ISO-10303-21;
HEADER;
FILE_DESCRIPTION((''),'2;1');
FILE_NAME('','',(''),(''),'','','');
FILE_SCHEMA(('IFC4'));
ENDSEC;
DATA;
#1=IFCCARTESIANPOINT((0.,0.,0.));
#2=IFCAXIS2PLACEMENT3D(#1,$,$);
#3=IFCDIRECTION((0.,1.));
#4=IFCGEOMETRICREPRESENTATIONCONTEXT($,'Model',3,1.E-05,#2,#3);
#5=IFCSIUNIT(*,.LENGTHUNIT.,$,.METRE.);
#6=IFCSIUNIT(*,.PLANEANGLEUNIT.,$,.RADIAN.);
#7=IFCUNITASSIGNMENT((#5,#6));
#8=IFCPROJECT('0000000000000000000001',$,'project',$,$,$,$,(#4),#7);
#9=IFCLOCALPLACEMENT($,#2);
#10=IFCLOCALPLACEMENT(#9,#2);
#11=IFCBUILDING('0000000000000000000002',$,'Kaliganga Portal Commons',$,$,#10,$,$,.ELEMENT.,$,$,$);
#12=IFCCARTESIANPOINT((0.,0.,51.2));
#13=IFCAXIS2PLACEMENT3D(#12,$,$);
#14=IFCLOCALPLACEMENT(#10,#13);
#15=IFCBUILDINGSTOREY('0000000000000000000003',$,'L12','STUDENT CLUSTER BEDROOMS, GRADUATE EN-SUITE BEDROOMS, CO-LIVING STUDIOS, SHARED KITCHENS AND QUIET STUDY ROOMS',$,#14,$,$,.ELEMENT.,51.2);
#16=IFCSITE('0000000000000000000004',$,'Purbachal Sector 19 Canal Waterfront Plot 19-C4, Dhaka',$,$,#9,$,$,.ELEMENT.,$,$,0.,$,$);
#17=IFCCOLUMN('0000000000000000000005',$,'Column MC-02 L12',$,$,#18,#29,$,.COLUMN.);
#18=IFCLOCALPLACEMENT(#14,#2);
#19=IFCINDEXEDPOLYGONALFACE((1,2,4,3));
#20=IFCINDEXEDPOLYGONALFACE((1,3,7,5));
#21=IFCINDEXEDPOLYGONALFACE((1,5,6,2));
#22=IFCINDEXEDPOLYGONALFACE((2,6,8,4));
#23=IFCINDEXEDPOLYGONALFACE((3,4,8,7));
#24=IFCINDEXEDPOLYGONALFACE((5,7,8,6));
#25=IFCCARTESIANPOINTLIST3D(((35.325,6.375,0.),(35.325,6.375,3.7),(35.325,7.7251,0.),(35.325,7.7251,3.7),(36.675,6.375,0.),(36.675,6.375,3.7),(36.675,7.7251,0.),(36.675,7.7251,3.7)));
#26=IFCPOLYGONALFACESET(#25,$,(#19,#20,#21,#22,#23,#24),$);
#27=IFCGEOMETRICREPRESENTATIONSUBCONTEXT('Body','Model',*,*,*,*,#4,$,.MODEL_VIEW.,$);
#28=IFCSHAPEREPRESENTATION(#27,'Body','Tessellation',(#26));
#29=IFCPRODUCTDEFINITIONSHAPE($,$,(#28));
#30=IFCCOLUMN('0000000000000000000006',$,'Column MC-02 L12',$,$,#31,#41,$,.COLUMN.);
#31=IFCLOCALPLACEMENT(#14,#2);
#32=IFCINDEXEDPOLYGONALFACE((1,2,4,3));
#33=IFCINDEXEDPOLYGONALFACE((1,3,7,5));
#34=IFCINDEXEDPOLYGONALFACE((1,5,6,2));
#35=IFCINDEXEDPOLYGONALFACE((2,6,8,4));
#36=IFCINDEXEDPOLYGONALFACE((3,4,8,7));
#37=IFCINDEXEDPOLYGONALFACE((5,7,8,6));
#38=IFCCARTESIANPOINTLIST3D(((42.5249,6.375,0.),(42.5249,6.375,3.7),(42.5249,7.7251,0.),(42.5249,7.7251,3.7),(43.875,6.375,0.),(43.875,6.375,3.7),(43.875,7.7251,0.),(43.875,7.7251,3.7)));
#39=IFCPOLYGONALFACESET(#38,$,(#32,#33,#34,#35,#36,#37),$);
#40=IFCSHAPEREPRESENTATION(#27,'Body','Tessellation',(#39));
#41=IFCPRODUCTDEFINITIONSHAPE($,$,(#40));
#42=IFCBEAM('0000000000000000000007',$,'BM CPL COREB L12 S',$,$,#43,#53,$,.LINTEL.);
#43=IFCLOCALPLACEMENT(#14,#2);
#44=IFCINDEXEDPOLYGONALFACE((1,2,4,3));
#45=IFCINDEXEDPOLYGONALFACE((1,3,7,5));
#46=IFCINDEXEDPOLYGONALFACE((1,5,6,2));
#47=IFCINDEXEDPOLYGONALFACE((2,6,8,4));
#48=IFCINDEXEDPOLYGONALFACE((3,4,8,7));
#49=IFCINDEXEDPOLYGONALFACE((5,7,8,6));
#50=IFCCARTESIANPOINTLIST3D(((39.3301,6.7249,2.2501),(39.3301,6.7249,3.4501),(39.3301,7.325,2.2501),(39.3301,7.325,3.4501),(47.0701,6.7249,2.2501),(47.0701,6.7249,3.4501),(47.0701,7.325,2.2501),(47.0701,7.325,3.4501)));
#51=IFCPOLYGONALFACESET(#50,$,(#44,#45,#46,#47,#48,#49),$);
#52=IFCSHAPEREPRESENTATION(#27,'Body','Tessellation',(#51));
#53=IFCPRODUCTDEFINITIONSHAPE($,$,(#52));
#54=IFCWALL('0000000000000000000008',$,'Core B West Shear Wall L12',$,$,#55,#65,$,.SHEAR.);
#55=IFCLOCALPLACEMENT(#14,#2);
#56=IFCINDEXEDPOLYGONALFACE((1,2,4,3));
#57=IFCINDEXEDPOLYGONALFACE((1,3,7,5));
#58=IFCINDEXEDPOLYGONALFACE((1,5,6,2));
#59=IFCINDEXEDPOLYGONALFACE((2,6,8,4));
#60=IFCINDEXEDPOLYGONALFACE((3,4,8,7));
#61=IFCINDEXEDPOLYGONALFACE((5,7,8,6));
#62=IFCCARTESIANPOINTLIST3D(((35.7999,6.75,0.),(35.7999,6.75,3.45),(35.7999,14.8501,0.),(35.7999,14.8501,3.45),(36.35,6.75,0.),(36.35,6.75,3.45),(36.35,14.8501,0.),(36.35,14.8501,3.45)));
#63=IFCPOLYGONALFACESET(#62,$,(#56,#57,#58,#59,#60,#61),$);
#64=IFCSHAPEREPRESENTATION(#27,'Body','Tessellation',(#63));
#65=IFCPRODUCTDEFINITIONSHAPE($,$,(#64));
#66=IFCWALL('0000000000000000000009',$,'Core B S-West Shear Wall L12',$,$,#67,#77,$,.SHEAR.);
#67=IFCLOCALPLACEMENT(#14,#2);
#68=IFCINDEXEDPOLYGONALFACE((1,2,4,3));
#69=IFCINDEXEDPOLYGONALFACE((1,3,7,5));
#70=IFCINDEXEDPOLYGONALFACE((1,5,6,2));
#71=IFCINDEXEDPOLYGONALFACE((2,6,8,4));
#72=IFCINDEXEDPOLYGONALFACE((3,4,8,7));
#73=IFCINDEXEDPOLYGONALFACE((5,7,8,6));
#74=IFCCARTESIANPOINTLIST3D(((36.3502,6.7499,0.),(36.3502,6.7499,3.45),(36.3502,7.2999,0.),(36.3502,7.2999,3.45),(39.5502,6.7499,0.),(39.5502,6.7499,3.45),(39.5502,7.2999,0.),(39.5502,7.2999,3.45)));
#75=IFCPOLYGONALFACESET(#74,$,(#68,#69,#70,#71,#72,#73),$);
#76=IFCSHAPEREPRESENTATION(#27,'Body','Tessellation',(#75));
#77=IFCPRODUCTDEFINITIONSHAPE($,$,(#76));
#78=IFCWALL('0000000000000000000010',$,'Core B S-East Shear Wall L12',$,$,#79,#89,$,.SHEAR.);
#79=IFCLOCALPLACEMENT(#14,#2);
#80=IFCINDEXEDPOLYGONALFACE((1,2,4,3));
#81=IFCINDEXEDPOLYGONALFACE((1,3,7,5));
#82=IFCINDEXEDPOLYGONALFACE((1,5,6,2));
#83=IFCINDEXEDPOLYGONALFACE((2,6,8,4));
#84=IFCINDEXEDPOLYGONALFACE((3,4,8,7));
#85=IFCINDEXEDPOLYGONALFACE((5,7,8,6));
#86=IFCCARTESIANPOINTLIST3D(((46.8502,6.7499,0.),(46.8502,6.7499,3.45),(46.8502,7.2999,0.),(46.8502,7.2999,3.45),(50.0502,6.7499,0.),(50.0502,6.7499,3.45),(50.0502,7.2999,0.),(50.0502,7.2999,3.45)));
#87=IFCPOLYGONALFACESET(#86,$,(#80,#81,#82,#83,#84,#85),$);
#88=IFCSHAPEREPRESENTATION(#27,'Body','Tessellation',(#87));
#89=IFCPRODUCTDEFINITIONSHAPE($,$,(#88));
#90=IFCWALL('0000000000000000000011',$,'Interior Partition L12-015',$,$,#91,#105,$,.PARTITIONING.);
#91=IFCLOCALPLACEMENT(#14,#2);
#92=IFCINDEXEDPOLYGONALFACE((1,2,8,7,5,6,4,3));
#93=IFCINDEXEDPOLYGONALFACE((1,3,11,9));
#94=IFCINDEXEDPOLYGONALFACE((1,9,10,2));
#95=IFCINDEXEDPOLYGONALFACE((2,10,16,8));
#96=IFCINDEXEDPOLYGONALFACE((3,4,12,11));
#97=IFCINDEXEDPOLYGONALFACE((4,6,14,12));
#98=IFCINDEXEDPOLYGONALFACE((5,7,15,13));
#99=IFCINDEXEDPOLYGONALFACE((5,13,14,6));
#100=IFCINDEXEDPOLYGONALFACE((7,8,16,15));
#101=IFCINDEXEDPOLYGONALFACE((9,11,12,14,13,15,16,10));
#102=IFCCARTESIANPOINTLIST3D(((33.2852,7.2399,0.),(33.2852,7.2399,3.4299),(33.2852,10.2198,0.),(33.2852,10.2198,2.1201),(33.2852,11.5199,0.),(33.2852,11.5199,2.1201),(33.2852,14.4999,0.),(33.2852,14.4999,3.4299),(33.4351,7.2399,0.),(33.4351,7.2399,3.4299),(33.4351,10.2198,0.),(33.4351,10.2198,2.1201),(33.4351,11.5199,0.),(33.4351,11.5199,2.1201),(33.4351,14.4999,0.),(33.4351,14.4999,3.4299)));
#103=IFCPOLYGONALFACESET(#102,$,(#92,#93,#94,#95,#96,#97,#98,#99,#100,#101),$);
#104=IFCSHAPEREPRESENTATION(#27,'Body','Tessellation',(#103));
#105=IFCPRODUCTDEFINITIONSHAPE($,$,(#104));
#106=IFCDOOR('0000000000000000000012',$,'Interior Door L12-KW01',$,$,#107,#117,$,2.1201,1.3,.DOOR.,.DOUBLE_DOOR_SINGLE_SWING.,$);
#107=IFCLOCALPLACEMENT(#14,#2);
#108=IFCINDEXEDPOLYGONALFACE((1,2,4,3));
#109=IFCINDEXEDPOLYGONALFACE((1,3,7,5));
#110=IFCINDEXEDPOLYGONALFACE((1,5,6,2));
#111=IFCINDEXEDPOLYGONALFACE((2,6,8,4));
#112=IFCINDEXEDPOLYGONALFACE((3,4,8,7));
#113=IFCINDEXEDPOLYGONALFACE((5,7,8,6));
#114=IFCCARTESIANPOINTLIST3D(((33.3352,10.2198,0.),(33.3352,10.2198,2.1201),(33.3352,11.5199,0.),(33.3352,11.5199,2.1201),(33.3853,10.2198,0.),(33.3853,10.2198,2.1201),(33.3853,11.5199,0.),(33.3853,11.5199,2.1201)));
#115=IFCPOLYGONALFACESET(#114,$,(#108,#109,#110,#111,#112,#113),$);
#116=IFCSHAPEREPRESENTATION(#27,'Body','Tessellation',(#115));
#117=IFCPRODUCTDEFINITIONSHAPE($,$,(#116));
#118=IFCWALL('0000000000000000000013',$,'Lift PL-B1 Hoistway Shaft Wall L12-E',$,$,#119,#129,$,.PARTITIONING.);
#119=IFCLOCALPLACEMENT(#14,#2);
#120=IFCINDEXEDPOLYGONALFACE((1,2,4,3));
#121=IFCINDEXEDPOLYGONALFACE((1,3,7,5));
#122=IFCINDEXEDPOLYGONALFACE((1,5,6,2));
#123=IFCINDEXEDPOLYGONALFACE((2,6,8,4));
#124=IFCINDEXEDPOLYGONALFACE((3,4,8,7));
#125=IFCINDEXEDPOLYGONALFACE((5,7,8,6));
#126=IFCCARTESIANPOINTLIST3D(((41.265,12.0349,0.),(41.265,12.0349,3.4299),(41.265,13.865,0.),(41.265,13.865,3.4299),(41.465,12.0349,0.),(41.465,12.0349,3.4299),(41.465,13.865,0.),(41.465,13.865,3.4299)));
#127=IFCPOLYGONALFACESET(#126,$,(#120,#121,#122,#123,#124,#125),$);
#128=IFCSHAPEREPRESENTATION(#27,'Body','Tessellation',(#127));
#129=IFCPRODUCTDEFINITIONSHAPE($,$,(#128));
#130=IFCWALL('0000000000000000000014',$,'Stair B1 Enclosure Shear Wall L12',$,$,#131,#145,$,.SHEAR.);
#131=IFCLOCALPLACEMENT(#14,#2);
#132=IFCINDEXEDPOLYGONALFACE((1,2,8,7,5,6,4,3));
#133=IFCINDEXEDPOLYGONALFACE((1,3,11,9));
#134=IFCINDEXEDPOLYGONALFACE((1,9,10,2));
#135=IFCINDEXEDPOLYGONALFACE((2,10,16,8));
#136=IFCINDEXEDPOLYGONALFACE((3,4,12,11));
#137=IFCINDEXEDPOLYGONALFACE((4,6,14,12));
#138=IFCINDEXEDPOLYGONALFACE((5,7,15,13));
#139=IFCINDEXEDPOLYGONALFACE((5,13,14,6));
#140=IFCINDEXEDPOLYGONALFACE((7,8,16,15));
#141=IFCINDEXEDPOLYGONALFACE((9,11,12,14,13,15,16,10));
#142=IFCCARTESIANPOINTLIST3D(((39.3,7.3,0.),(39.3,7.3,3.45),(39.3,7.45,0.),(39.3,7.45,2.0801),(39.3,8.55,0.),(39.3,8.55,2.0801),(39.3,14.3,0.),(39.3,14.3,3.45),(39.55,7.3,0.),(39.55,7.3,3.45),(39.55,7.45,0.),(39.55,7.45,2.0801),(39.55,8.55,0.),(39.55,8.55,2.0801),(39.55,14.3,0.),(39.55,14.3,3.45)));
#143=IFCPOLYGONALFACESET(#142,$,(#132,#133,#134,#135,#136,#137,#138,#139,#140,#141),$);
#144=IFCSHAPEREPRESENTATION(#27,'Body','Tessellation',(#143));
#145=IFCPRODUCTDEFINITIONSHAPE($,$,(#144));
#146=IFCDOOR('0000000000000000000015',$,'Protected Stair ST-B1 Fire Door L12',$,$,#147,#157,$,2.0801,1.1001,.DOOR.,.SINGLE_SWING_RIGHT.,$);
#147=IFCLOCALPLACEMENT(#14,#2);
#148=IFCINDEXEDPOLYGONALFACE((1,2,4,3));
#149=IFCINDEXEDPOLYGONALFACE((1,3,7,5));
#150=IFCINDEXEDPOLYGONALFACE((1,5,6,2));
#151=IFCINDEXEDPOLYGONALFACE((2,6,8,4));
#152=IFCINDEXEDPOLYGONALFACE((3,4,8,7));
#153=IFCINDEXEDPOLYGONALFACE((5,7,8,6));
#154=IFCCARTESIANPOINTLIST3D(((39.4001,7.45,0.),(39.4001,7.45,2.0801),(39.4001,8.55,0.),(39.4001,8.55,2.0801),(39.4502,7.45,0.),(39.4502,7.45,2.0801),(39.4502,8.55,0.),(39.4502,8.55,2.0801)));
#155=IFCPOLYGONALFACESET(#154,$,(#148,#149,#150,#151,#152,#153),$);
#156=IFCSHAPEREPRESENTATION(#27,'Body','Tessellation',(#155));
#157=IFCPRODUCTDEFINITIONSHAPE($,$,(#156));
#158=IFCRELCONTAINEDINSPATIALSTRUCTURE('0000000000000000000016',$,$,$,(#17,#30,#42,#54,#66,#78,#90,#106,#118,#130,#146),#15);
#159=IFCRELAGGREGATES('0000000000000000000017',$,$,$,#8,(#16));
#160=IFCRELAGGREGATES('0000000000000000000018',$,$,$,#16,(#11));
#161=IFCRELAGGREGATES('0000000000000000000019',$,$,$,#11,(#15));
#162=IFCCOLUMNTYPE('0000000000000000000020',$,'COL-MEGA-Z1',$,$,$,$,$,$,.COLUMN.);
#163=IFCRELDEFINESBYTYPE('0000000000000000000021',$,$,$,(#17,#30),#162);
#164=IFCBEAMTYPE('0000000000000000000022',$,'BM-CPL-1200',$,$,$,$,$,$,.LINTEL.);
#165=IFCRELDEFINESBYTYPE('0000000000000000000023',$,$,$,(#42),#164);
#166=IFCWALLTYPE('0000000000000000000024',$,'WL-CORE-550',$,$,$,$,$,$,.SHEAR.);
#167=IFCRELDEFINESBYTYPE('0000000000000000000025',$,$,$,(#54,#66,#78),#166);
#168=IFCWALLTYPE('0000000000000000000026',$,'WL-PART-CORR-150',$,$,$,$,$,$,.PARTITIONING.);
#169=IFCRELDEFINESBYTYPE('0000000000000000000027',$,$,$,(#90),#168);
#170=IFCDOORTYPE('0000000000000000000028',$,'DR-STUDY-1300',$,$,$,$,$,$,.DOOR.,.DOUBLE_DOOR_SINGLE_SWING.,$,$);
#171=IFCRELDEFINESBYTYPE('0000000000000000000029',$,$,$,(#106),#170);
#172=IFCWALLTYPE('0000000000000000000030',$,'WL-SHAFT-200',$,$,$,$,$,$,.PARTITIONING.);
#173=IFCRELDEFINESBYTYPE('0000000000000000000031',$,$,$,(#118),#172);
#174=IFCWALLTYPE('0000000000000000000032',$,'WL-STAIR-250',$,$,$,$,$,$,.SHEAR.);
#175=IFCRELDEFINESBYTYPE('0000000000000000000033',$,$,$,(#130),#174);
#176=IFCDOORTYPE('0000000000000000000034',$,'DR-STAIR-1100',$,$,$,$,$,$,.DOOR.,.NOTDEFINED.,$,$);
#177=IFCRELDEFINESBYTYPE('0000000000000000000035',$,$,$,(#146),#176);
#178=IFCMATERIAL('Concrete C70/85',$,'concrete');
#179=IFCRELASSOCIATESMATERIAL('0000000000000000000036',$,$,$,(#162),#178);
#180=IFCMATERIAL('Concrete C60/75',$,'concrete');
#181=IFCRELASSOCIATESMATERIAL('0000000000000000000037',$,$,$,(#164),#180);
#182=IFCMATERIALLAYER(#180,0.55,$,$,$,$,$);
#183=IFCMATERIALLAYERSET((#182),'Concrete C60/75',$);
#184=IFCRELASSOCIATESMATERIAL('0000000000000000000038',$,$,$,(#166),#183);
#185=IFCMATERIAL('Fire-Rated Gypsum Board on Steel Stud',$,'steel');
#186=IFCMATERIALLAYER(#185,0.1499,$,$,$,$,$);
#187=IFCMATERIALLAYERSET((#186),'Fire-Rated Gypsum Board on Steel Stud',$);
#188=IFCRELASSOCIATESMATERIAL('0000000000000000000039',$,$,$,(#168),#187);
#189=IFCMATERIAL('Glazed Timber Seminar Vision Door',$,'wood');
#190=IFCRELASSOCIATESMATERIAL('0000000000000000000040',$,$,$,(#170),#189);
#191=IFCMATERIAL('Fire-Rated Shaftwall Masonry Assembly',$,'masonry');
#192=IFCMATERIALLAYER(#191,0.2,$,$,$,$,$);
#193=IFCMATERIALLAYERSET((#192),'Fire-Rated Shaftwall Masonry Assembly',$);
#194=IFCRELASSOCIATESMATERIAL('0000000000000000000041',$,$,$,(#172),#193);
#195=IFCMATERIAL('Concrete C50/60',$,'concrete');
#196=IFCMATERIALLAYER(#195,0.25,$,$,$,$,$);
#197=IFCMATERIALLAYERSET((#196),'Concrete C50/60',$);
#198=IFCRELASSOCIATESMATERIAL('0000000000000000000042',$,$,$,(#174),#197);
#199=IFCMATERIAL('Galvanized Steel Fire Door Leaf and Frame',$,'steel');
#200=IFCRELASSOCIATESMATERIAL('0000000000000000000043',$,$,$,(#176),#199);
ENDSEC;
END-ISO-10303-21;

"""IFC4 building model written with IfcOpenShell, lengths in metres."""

from ifc_helpers import new_model, si_unit, direction, frame, frame_2d, origin, origin_2d, place, context, subcontext, project, spatial, rectangle, extrude, source, transform, mapped, material, layer, layer_set, material_profile, profile_set, type_object, element, fill, save


model = new_model("IFC4")

# Units and contexts
model_context = context("Model", 3, precision=1e-05, world=origin(), true_north=direction((0.0, 1.0)))
body_context = subcontext(model_context, "Body", "Model", "MODEL_VIEW")
ifc_project = project(units=[si_unit("LENGTHUNIT", "METRE"), si_unit("PLANEANGLEUNIT", "RADIAN")], contexts=[model_context])

# Site, building, storey
site_placement = place(None, origin())
site = spatial("IfcSite", under=ifc_project, at=site_placement, Name="Purbachal Sector 19 Canal Waterfront Plot 19-C4, Dhaka", CompositionType="ELEMENT", RefElevation=0.0)
building_placement = place(site_placement, origin())
building = spatial("IfcBuilding", under=site, at=building_placement, Name="Kaliganga Portal Commons", CompositionType="ELEMENT")
storey_placement = place(building_placement, frame((0.0, 0.0, 51.2)))
storey = spatial("IfcBuildingStorey", under=building, at=storey_placement, Name="L12", Description="STUDENT CLUSTER BEDROOMS, GRADUATE EN-SUITE BEDROOMS, CO-LIVING STUDIOS, SHARED KITCHENS AND QUIET STUDY ROOMS", CompositionType="ELEMENT", Elevation=51.2)

# Columns
ifc_material_1 = material(Name="Concrete C70/85", Category="concrete")
ifc_material_profile_1 = material_profile(ifc_material_1, rectangle(XDim=1.3501, YDim=1.3501, at=origin_2d()), Name="RC 1350x1350")
ifc_profile_set_1 = profile_set([ifc_material_profile_1], Name="Concrete C70/85")
column_type = type_object("IfcColumnType", Name="COL-MEGA-Z1", PredefinedType="COLUMN", material=ifc_profile_set_1)
shared_shape_1 = source(origin(), body_context, "Body", "SweptSolid", [
    extrude(rectangle(XDim=1.3501, YDim=1.3501, at=origin_2d()), origin(), (0.0, 0.0, 1.0), 3.7),
])
for number, where, z_axis, x_axis, name in (
    (1, (36.0, 7.05, 0.0), (0.0, 0.0, 1.0), (1.0, 0.0, 0.0), "Column MC-02 L12"),
    (2, (43.2, 7.05, 0.0), (0.0, 0.0, 1.0), (1.0, 0.0, 0.0), "Column MC-02 L12"),
):
    element("IfcColumn", number, at=place(storey_placement, frame(where, z_axis=z_axis, x_axis=x_axis)), inside=storey, type_object=column_type, Name=name, PredefinedType="COLUMN", context=body_context, shape_type="MappedRepresentation", body=[
        mapped(shared_shape_1, transform((0.0, 0.0, 0.0), x_axis=(1.0, 0.0, 0.0), y_axis=(0.0, 1.0, 0.0), z_axis=(0.0, 0.0, 1.0), scale=1.0)),
    ])

# Beam
ifc_material_2 = material(Name="Concrete C60/75", Category="concrete")
ifc_material_profile_2 = material_profile(ifc_material_2, rectangle(XDim=0.6001, YDim=1.2, at=origin_2d()), Name="RC 600x1200")
ifc_profile_set_2 = profile_set([ifc_material_profile_2], Name="Concrete C60/75")
beam_type = type_object("IfcBeamType", Name="BM-CPL-1200", PredefinedType="LINTEL", material=ifc_profile_set_2)
shared_shape_2 = source(origin(), body_context, "Body", "SweptSolid", [
    extrude(rectangle(XDim=0.6001, YDim=1.2, at=origin_2d()), origin(), (0.0, 0.0, 1.0), 7.74),
])
beam_placement = place(storey_placement, frame((39.3301, 7.0249, 2.8501), z_axis=(1.0, 0.0, 0.0), x_axis=(0.0, 1.0, 0.0)))
element("IfcBeam", 3, at=beam_placement, inside=storey, type_object=beam_type, Name="BM CPL COREB L12 S", PredefinedType="LINTEL", context=body_context, shape_type="MappedRepresentation", body=[
    mapped(shared_shape_2, transform((0.0, 0.0, 0.0), x_axis=(1.0, 0.0, 0.0), y_axis=(0.0, 1.0, 0.0), z_axis=(0.0, 0.0, 1.0), scale=1.0)),
])

# Walls
ifc_layer_1 = layer(ifc_material_2, 0.55)
ifc_layer_set_1 = layer_set([ifc_layer_1], Name="Concrete C60/75")
wall_type_1 = type_object("IfcWallType", Name="WL-CORE-550", PredefinedType="SHEAR", material=ifc_layer_set_1)
wall_1_placement = place(storey_placement, frame((36.075, 6.75, 0.0), z_axis=(0.0, 0.0, 1.0), x_axis=(0.0, 1.0, 0.0)))
element("IfcWall", 4, at=wall_1_placement, inside=storey, type_object=wall_type_1, Name="Core B West Shear Wall L12", PredefinedType="SHEAR", context=body_context, shape_type="SweptSolid", body=[
    extrude(rectangle(XDim=8.1001, YDim=0.55, at=frame_2d((4.05, 0.0))), origin(), (0.0, 0.0, 1.0), 3.45),
])
for number, where, z_axis, x_axis, name in (
    (5, (36.3501, 7.0249, 0.0), (0.0, 0.0, 1.0), (1.0, 0.0, 0.0), "Core B S-West Shear Wall L12"),
    (6, (46.8501, 7.0249, 0.0), (0.0, 0.0, 1.0), (1.0, 0.0, 0.0), "Core B S-East Shear Wall L12"),
):
    element("IfcWall", number, at=place(storey_placement, frame(where, z_axis=z_axis, x_axis=x_axis)), inside=storey, type_object=wall_type_1, Name=name, PredefinedType="SHEAR", context=body_context, shape_type="SweptSolid", body=[
        extrude(rectangle(XDim=3.2, YDim=0.55, at=frame_2d((1.6001, 0.0))), origin(), (0.0, 0.0, 1.0), 3.45),
    ])

# Wall, opening, door
ifc_material_3 = material(Name="Fire-Rated Gypsum Board on Steel Stud", Category="steel")
ifc_layer_2 = layer(ifc_material_3, 0.1499)
ifc_layer_set_2 = layer_set([ifc_layer_2], Name="Fire-Rated Gypsum Board on Steel Stud")
wall_type_2 = type_object("IfcWallType", Name="WL-PART-CORR-150", PredefinedType="PARTITIONING", material=ifc_layer_set_2)
wall_2_placement = place(storey_placement, frame((33.3601, 7.24, 0.0), z_axis=(0.0, 0.0, 1.0), x_axis=(0.0, 1.0, 0.0)))
wall_2 = element("IfcWall", 7, at=wall_2_placement, inside=storey, type_object=wall_type_2, Name="Interior Partition L12-015", PredefinedType="PARTITIONING", context=body_context, shape_type="SweptSolid", body=[
    extrude(rectangle(XDim=7.26, YDim=0.1499, at=frame_2d((3.6299, 0.0))), origin(), (0.0, 0.0, 1.0), 3.4299),
])
opening_1_placement = place(wall_2_placement, frame((2.98, 0.0, 0.0)))
opening_1 = element("IfcOpeningElement", 8, at=opening_1_placement, cuts=wall_2, PredefinedType="OPENING", context=body_context, shape_type="SweptSolid", body=[
    extrude(rectangle(XDim=1.3, YDim=2.1201, at=frame_2d((0.6499, 1.0601))), frame((0.0, 0.085, 0.0), z_axis=(0.0, -1.0, 0.0), x_axis=(1.0, 0.0, 0.0)), (0.0, 0.0, 1.0), 0.1699),
])
ifc_material_4 = material(Name="Glazed Timber Seminar Vision Door", Category="wood")
door_type_1 = type_object("IfcDoorType", Name="DR-STUDY-1300", OperationType="DOUBLE_DOOR_SINGLE_SWING", PredefinedType="DOOR", material=ifc_material_4)
door_1_placement = place(opening_1_placement, origin())
door_1 = element("IfcDoor", 9, at=door_1_placement, inside=storey, type_object=door_type_1, Name="Interior Door L12-KW01", OperationType="DOUBLE_DOOR_SINGLE_SWING", OverallHeight=2.1201, OverallWidth=1.3, PredefinedType="DOOR", context=body_context, shape_type="SweptSolid", body=[
    extrude(rectangle(XDim=1.3, YDim=2.1201, at=frame_2d((0.6499, 1.0601))), frame((0.0, 0.0249, 0.0), z_axis=(0.0, -1.0, 0.0), x_axis=(1.0, 0.0, 0.0)), (0.0, 0.0, 1.0), 0.05),
])
fill(opening_1, door_1)
ifc_material_5 = material(Name="Fire-Rated Shaftwall Masonry Assembly", Category="masonry")
ifc_layer_3 = layer(ifc_material_5, 0.2)
ifc_layer_set_3 = layer_set([ifc_layer_3], Name="Fire-Rated Shaftwall Masonry Assembly")
wall_type_3 = type_object("IfcWallType", Name="WL-SHAFT-200", PredefinedType="PARTITIONING", material=ifc_layer_set_3)

# Wall
wall_3_placement = place(storey_placement, frame((41.365, 12.0349, 0.0), z_axis=(0.0, 0.0, 1.0), x_axis=(0.0, 1.0, 0.0)))
element("IfcWall", 10, at=wall_3_placement, inside=storey, type_object=wall_type_3, Name="Lift PL-B1 Hoistway Shaft Wall L12-E", PredefinedType="PARTITIONING", context=body_context, shape_type="SweptSolid", body=[
    extrude(rectangle(XDim=1.8301, YDim=0.2, at=frame_2d((0.915, 0.0))), origin(), (0.0, 0.0, 1.0), 3.4299),
])

# Wall, opening, door
ifc_material_6 = material(Name="Concrete C50/60", Category="concrete")
ifc_layer_4 = layer(ifc_material_6, 0.25)
ifc_layer_set_4 = layer_set([ifc_layer_4], Name="Concrete C50/60")
wall_type_4 = type_object("IfcWallType", Name="WL-STAIR-250", PredefinedType="SHEAR", material=ifc_layer_set_4)
wall_4_placement = place(storey_placement, frame((39.425, 7.3, 0.0), z_axis=(0.0, 0.0, 1.0), x_axis=(0.0, 1.0, 0.0)))
wall_4 = element("IfcWall", 11, at=wall_4_placement, inside=storey, type_object=wall_type_4, Name="Stair B1 Enclosure Shear Wall L12", PredefinedType="SHEAR", context=body_context, shape_type="SweptSolid", body=[
    extrude(rectangle(XDim=7.0, YDim=0.25, at=frame_2d((3.5, 0.0))), origin(), (0.0, 0.0, 1.0), 3.45),
])
opening_2_placement = place(wall_4_placement, frame((0.1499, 0.0, 0.0)))
opening_2 = element("IfcOpeningElement", 12, at=opening_2_placement, cuts=wall_4, PredefinedType="OPENING", context=body_context, shape_type="SweptSolid", body=[
    extrude(rectangle(XDim=1.1001, YDim=2.0801, at=frame_2d((0.55, 1.04))), frame((0.0, 0.135, 0.0), z_axis=(0.0, -1.0, 0.0), x_axis=(1.0, 0.0, 0.0)), (0.0, 0.0, 1.0), 0.27),
])
ifc_material_7 = material(Name="Galvanized Steel Fire Door Leaf and Frame", Category="steel")
door_type_2 = type_object("IfcDoorType", Name="DR-STAIR-1100", OperationType="NOTDEFINED", PredefinedType="DOOR", material=ifc_material_7)
door_2_placement = place(opening_2_placement, origin())
door_2 = element("IfcDoor", 13, at=door_2_placement, inside=storey, type_object=door_type_2, Name="Protected Stair ST-B1 Fire Door L12", OperationType="SINGLE_SWING_RIGHT", OverallHeight=2.0801, OverallWidth=1.1001, PredefinedType="DOOR", context=body_context, shape_type="SweptSolid", body=[
    extrude(rectangle(XDim=1.1001, YDim=2.0801, at=frame_2d((0.55, 1.04))), frame((0.0, 0.0249, 0.0), z_axis=(0.0, -1.0, 0.0), x_axis=(1.0, 0.0, 0.0)), (0.0, 0.0, 1.0), 0.05),
])
fill(opening_2, door_2)

save(model, "model.ifc")
